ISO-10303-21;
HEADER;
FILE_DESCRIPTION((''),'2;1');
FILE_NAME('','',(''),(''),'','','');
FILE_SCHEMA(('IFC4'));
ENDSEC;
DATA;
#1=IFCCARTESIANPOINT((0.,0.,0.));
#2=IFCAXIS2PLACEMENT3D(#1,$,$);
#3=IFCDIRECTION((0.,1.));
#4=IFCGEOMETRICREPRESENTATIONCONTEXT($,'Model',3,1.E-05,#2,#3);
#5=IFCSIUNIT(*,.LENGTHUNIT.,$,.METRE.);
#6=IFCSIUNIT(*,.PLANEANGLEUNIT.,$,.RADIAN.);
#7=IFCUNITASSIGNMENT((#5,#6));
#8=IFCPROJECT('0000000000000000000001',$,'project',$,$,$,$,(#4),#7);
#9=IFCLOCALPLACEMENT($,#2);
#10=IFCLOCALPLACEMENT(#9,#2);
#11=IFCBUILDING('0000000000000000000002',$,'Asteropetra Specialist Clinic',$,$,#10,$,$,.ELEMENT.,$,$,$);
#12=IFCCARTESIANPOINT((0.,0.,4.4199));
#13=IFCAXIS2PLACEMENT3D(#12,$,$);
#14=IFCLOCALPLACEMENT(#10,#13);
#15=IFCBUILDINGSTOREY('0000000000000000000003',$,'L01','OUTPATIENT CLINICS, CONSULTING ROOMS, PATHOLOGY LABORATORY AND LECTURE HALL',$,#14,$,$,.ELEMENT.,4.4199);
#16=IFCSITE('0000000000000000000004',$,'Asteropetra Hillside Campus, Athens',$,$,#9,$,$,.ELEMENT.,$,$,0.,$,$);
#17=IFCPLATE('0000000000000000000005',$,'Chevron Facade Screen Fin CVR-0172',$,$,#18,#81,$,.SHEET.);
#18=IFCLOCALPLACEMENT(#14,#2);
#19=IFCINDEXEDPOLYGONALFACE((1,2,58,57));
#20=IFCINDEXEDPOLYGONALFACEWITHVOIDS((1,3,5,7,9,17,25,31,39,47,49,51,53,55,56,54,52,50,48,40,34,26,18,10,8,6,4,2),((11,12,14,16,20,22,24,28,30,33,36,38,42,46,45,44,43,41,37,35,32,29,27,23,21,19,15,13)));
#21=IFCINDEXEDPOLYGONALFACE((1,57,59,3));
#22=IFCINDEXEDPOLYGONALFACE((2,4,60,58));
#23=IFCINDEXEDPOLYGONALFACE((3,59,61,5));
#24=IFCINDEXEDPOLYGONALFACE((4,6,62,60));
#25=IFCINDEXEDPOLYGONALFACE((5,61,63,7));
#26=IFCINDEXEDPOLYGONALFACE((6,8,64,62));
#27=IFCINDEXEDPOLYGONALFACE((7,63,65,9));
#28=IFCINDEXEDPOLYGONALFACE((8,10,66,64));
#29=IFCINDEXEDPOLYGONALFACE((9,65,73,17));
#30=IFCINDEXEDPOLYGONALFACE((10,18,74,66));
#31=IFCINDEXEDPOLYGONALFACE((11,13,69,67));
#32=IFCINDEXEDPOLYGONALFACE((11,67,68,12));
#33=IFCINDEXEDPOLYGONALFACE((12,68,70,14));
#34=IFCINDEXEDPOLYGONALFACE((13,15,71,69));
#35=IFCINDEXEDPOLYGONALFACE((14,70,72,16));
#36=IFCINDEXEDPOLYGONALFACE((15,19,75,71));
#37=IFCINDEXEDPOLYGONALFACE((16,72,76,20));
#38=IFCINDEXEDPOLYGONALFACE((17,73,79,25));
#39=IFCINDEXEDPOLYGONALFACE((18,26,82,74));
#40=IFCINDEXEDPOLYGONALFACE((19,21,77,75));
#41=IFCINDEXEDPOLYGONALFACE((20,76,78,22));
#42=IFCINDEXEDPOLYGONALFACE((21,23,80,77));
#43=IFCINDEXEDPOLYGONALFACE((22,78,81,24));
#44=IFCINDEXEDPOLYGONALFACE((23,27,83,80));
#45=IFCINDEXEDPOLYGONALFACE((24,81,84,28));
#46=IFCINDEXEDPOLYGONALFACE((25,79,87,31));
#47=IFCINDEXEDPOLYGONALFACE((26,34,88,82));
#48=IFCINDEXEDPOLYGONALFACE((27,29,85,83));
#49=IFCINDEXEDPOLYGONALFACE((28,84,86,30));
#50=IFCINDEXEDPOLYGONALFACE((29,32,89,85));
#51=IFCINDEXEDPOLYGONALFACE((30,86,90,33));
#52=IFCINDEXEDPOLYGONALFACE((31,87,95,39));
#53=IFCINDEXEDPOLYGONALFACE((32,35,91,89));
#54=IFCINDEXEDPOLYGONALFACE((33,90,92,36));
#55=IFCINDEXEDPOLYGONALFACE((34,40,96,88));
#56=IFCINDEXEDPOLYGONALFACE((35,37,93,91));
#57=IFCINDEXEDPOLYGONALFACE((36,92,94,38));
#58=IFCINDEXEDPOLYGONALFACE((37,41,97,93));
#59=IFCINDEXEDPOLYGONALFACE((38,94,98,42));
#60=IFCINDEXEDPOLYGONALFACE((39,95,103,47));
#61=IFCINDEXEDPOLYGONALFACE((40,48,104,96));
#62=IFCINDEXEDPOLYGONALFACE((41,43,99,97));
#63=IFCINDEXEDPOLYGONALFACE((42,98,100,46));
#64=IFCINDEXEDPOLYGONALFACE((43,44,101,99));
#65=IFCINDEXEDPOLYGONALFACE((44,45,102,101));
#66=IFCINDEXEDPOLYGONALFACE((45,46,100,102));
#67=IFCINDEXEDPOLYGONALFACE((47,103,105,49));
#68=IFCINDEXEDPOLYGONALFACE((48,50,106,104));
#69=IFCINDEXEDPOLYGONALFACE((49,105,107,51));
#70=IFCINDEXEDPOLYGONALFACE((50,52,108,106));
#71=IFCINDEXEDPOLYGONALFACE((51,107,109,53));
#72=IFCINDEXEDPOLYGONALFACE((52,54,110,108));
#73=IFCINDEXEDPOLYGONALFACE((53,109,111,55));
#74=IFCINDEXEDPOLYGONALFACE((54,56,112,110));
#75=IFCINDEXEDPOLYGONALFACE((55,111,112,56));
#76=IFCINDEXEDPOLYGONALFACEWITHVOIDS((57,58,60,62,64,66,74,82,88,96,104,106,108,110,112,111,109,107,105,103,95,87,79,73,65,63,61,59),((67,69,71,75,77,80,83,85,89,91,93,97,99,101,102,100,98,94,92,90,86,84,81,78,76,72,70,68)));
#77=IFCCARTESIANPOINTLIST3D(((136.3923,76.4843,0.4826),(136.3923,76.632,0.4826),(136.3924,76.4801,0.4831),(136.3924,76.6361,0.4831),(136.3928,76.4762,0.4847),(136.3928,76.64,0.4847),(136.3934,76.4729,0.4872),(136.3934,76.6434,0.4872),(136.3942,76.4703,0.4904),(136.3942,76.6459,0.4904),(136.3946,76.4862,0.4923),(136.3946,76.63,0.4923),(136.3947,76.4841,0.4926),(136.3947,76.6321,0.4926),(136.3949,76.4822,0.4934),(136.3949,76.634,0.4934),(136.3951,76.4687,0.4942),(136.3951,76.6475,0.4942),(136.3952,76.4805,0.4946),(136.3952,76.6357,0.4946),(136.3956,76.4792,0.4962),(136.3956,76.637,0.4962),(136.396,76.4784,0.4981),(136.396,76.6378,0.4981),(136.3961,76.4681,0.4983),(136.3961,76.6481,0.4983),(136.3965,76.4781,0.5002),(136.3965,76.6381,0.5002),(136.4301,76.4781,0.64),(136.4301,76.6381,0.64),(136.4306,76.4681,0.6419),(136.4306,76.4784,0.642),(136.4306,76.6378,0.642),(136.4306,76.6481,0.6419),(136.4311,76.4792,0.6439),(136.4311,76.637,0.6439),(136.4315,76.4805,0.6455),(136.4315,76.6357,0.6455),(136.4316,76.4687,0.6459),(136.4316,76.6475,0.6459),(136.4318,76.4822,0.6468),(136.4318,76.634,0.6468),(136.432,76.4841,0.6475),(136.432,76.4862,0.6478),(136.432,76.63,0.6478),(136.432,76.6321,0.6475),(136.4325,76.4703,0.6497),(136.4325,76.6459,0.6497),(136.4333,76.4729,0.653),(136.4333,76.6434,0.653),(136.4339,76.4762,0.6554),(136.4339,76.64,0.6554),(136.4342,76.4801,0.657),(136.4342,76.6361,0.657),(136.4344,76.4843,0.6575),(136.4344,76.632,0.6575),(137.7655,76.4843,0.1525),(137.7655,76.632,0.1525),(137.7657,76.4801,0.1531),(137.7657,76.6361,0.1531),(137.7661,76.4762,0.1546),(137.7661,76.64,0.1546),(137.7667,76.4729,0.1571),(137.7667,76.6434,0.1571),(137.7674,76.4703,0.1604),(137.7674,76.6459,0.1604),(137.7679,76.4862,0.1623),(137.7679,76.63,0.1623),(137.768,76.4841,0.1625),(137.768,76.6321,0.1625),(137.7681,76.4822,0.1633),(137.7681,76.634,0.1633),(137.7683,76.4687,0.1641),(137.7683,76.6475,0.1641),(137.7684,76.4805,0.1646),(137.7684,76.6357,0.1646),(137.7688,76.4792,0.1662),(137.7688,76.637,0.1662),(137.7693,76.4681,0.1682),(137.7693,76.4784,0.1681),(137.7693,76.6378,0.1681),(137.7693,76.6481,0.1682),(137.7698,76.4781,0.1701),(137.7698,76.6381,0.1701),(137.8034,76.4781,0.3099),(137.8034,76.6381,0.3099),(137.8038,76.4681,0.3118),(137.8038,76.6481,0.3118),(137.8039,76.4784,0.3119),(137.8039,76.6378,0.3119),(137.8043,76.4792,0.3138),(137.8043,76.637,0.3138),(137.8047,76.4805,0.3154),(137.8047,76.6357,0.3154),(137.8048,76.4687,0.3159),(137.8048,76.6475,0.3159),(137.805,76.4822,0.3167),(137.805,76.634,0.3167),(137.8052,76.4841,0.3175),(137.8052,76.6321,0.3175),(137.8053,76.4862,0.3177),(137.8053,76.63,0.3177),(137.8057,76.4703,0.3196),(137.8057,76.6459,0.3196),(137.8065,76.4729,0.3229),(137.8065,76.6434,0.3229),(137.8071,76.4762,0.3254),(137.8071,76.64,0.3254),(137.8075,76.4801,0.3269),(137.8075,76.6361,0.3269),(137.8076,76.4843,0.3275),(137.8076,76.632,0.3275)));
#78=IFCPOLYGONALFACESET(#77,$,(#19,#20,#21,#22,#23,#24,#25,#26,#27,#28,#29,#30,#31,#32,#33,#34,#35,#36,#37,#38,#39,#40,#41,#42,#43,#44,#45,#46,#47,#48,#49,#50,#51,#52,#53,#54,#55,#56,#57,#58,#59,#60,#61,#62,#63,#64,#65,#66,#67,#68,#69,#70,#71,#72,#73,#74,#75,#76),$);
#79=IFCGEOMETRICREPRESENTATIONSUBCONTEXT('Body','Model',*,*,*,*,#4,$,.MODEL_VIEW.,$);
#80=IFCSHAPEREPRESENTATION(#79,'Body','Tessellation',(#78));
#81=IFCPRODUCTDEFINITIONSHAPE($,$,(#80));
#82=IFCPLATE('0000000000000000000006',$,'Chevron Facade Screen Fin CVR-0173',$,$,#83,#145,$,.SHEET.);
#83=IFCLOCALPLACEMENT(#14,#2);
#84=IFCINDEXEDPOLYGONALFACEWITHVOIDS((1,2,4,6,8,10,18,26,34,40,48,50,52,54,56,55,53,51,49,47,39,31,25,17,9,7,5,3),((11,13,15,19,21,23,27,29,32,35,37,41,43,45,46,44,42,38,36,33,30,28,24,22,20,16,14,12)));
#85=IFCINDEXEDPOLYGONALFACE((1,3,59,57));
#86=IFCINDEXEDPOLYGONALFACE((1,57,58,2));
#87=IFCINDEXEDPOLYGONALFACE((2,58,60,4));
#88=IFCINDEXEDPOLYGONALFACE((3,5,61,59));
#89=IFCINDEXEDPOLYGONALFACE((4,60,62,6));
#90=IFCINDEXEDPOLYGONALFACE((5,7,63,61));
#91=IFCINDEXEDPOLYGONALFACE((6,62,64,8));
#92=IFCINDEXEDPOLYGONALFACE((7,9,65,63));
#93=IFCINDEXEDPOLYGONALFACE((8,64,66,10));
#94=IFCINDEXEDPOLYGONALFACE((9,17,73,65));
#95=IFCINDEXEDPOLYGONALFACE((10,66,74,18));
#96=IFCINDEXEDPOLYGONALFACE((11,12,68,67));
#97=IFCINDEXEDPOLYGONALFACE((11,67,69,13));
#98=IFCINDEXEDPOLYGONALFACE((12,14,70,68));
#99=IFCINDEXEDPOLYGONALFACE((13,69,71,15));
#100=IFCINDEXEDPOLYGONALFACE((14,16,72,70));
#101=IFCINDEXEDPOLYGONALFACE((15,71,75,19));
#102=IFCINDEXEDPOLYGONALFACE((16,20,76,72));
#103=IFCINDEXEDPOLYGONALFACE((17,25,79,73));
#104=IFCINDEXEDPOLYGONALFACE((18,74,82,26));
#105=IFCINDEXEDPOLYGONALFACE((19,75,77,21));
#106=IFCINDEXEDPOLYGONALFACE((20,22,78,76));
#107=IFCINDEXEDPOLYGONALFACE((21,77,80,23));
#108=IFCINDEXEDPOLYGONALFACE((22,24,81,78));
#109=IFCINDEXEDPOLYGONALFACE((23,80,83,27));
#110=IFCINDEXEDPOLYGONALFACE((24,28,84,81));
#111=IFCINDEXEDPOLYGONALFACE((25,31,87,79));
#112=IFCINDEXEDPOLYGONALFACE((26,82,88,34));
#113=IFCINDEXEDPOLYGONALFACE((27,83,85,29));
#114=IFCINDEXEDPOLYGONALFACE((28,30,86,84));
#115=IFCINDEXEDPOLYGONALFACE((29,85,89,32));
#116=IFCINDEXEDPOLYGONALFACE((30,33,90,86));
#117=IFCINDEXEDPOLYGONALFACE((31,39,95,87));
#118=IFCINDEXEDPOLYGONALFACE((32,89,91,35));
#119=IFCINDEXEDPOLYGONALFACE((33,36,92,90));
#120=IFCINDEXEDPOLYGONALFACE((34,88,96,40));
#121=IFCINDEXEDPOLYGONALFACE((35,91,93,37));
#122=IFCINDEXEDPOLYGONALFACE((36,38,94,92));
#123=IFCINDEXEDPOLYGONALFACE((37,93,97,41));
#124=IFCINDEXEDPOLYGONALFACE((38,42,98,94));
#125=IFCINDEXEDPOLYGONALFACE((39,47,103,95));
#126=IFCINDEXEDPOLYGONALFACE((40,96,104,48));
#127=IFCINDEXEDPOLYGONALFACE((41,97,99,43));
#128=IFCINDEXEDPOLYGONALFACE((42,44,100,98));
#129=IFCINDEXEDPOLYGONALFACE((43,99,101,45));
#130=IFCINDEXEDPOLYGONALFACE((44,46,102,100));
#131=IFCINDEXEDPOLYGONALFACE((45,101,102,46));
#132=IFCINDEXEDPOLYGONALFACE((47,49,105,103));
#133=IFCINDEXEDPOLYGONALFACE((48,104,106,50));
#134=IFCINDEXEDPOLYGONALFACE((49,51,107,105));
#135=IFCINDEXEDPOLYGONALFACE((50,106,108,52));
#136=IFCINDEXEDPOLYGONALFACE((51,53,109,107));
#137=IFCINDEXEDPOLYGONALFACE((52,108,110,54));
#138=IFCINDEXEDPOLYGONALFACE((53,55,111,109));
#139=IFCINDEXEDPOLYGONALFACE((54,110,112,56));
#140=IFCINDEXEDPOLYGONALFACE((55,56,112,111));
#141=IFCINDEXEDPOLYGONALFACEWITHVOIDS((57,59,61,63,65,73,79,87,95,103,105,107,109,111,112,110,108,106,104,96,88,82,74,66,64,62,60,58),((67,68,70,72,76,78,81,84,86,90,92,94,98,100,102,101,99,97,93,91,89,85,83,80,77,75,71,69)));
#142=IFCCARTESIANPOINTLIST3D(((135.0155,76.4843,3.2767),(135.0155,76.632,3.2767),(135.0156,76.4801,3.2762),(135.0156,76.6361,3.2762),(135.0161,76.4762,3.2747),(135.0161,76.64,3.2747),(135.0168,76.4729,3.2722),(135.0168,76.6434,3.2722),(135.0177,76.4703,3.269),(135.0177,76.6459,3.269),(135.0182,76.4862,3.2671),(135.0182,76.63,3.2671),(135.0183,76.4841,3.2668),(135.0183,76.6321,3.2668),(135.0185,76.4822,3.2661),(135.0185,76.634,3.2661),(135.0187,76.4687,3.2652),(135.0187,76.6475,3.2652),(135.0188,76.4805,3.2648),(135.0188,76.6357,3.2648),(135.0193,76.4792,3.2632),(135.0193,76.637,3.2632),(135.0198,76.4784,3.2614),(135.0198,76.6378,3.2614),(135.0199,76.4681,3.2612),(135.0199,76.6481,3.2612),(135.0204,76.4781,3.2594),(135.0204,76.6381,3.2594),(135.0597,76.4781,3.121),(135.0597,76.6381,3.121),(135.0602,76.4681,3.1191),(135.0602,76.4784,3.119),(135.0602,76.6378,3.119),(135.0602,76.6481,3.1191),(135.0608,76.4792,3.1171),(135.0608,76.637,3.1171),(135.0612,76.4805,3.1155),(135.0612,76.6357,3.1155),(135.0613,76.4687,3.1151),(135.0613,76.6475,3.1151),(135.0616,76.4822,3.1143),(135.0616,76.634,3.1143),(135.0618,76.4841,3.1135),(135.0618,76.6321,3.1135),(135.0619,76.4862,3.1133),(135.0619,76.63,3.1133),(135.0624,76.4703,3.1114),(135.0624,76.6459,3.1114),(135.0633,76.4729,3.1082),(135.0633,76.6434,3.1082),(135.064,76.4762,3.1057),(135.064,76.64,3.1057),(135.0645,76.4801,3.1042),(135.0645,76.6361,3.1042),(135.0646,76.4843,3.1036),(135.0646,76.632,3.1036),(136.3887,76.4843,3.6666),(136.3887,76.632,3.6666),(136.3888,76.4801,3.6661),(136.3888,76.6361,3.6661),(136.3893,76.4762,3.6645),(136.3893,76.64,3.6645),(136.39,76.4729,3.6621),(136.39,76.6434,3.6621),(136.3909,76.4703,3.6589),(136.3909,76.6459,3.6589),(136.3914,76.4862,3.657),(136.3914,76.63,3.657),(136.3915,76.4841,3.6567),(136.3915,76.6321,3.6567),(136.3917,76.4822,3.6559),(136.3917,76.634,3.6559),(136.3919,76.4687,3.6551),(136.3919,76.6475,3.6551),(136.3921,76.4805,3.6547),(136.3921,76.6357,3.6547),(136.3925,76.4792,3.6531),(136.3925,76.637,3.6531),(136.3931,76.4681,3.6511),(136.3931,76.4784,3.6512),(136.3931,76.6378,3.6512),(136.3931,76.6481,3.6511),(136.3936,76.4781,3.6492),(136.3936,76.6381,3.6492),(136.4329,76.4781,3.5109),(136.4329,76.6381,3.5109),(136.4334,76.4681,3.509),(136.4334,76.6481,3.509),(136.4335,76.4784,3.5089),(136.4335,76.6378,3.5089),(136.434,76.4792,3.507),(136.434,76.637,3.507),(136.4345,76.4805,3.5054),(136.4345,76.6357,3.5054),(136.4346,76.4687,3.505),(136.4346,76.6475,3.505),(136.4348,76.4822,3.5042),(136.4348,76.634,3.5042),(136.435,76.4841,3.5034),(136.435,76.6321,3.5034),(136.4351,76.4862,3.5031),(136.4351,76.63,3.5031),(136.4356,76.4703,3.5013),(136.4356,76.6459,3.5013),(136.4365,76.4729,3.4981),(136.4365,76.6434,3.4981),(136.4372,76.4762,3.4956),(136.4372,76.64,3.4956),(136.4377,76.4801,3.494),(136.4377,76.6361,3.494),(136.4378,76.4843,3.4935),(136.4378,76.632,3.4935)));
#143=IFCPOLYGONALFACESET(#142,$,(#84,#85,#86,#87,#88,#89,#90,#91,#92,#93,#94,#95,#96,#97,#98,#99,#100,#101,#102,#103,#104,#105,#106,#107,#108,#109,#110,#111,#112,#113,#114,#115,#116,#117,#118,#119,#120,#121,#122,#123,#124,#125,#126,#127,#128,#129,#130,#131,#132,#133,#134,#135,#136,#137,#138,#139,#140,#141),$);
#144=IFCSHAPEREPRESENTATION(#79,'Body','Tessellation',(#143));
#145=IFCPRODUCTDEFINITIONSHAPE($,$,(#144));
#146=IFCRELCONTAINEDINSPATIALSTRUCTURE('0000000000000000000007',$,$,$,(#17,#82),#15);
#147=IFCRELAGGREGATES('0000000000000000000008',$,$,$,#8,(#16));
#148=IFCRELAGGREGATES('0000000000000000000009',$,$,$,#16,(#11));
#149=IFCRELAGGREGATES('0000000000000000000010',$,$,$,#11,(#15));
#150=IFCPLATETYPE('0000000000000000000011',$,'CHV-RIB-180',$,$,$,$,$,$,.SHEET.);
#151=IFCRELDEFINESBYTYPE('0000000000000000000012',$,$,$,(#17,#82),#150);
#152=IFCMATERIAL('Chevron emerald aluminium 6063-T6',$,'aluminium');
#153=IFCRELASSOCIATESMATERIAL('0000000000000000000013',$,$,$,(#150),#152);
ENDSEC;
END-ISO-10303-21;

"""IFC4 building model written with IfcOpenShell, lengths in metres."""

from ifc_helpers import new_model, si_unit, direction, frame, origin, origin_2d, place, context, subcontext, project, spatial, hollow_rectangle, extrude, material, material_profile, profile_set, type_object, element, save


model = new_model("IFC4")

# Units and contexts
model_context = context("Model", 3, precision=1e-05, world=origin(), true_north=direction((0.0, 1.0)))
body_context = subcontext(model_context, "Body", "Model", "MODEL_VIEW")
ifc_project = project(units=[si_unit("LENGTHUNIT", "METRE"), si_unit("PLANEANGLEUNIT", "RADIAN")], contexts=[model_context])

# Site, building, storey
site_placement = place(None, origin())
site = spatial("IfcSite", under=ifc_project, at=site_placement, Name="Asteropetra Hillside Campus, Athens", CompositionType="ELEMENT", RefElevation=0.0)
building_placement = place(site_placement, origin())
building = spatial("IfcBuilding", under=site, at=building_placement, Name="Asteropetra Specialist Clinic", CompositionType="ELEMENT")
storey_placement = place(building_placement, frame((0.0, 0.0, 4.4199)))
storey = spatial("IfcBuildingStorey", under=building, at=storey_placement, Name="L01", Description="OUTPATIENT CLINICS, CONSULTING ROOMS, PATHOLOGY LABORATORY AND LECTURE HALL", CompositionType="ELEMENT", Elevation=4.4199)

# Plates
ifc_material_1 = material(Name="Chevron emerald aluminium 6063-T6", Category="aluminium")
ifc_material_profile_1 = material_profile(ifc_material_1, hollow_rectangle(XDim=0.1799, YDim=0.1799, WallThickness=0.01, InnerFilletRadius=0.0081, OuterFilletRadius=0.0161, at=origin_2d()), Name="SHS 180x180x10.0")
ifc_profile_set_1 = profile_set([ifc_material_profile_1], Name="Chevron emerald aluminium 6063-T6")
plate_type = type_object("IfcPlateType", Name="CHV-RIB-180", PredefinedType="SHEET", material=ifc_profile_set_1)
plate_1_placement = place(storey_placement, frame((136.4133, 76.5581, 0.5701), z_axis=(0.972309, 0.0, -0.2337), x_axis=(0.0, 1.0, 0.0)))
element("IfcPlate", 1, at=plate_1_placement, inside=storey, type_object=plate_type, Name="Chevron Facade Screen Fin CVR-0172", PredefinedType="SHEET", context=body_context, shape_type="SweptSolid", body=[
    extrude(hollow_rectangle(XDim=0.1799, YDim=0.1799, WallThickness=0.01, InnerFilletRadius=0.0081, OuterFilletRadius=0.0161, at=origin_2d()), origin(), (0.0, 0.0, 1.0), 1.4124),
])
for number, where, z_axis, x_axis, name in (
    (2, (135.04, 76.5581, 3.1902), (0.961981, 0.0, 0.273117), (0.0, 1.0, 0.0), "Chevron Facade Screen Fin CVR-0173"),
):
    element("IfcPlate", number, at=place(storey_placement, frame(where, z_axis=z_axis, x_axis=x_axis)), inside=storey, type_object=plate_type, Name=name, PredefinedType="SHEET", context=body_context, shape_type="SweptSolid", body=[
        extrude(hollow_rectangle(XDim=0.1799, YDim=0.1799, WallThickness=0.01, InnerFilletRadius=0.0081, OuterFilletRadius=0.0161, at=origin_2d()), origin(), (0.0, 0.0, 1.0), 1.4275),
    ])

save(model, "model.ifc")
